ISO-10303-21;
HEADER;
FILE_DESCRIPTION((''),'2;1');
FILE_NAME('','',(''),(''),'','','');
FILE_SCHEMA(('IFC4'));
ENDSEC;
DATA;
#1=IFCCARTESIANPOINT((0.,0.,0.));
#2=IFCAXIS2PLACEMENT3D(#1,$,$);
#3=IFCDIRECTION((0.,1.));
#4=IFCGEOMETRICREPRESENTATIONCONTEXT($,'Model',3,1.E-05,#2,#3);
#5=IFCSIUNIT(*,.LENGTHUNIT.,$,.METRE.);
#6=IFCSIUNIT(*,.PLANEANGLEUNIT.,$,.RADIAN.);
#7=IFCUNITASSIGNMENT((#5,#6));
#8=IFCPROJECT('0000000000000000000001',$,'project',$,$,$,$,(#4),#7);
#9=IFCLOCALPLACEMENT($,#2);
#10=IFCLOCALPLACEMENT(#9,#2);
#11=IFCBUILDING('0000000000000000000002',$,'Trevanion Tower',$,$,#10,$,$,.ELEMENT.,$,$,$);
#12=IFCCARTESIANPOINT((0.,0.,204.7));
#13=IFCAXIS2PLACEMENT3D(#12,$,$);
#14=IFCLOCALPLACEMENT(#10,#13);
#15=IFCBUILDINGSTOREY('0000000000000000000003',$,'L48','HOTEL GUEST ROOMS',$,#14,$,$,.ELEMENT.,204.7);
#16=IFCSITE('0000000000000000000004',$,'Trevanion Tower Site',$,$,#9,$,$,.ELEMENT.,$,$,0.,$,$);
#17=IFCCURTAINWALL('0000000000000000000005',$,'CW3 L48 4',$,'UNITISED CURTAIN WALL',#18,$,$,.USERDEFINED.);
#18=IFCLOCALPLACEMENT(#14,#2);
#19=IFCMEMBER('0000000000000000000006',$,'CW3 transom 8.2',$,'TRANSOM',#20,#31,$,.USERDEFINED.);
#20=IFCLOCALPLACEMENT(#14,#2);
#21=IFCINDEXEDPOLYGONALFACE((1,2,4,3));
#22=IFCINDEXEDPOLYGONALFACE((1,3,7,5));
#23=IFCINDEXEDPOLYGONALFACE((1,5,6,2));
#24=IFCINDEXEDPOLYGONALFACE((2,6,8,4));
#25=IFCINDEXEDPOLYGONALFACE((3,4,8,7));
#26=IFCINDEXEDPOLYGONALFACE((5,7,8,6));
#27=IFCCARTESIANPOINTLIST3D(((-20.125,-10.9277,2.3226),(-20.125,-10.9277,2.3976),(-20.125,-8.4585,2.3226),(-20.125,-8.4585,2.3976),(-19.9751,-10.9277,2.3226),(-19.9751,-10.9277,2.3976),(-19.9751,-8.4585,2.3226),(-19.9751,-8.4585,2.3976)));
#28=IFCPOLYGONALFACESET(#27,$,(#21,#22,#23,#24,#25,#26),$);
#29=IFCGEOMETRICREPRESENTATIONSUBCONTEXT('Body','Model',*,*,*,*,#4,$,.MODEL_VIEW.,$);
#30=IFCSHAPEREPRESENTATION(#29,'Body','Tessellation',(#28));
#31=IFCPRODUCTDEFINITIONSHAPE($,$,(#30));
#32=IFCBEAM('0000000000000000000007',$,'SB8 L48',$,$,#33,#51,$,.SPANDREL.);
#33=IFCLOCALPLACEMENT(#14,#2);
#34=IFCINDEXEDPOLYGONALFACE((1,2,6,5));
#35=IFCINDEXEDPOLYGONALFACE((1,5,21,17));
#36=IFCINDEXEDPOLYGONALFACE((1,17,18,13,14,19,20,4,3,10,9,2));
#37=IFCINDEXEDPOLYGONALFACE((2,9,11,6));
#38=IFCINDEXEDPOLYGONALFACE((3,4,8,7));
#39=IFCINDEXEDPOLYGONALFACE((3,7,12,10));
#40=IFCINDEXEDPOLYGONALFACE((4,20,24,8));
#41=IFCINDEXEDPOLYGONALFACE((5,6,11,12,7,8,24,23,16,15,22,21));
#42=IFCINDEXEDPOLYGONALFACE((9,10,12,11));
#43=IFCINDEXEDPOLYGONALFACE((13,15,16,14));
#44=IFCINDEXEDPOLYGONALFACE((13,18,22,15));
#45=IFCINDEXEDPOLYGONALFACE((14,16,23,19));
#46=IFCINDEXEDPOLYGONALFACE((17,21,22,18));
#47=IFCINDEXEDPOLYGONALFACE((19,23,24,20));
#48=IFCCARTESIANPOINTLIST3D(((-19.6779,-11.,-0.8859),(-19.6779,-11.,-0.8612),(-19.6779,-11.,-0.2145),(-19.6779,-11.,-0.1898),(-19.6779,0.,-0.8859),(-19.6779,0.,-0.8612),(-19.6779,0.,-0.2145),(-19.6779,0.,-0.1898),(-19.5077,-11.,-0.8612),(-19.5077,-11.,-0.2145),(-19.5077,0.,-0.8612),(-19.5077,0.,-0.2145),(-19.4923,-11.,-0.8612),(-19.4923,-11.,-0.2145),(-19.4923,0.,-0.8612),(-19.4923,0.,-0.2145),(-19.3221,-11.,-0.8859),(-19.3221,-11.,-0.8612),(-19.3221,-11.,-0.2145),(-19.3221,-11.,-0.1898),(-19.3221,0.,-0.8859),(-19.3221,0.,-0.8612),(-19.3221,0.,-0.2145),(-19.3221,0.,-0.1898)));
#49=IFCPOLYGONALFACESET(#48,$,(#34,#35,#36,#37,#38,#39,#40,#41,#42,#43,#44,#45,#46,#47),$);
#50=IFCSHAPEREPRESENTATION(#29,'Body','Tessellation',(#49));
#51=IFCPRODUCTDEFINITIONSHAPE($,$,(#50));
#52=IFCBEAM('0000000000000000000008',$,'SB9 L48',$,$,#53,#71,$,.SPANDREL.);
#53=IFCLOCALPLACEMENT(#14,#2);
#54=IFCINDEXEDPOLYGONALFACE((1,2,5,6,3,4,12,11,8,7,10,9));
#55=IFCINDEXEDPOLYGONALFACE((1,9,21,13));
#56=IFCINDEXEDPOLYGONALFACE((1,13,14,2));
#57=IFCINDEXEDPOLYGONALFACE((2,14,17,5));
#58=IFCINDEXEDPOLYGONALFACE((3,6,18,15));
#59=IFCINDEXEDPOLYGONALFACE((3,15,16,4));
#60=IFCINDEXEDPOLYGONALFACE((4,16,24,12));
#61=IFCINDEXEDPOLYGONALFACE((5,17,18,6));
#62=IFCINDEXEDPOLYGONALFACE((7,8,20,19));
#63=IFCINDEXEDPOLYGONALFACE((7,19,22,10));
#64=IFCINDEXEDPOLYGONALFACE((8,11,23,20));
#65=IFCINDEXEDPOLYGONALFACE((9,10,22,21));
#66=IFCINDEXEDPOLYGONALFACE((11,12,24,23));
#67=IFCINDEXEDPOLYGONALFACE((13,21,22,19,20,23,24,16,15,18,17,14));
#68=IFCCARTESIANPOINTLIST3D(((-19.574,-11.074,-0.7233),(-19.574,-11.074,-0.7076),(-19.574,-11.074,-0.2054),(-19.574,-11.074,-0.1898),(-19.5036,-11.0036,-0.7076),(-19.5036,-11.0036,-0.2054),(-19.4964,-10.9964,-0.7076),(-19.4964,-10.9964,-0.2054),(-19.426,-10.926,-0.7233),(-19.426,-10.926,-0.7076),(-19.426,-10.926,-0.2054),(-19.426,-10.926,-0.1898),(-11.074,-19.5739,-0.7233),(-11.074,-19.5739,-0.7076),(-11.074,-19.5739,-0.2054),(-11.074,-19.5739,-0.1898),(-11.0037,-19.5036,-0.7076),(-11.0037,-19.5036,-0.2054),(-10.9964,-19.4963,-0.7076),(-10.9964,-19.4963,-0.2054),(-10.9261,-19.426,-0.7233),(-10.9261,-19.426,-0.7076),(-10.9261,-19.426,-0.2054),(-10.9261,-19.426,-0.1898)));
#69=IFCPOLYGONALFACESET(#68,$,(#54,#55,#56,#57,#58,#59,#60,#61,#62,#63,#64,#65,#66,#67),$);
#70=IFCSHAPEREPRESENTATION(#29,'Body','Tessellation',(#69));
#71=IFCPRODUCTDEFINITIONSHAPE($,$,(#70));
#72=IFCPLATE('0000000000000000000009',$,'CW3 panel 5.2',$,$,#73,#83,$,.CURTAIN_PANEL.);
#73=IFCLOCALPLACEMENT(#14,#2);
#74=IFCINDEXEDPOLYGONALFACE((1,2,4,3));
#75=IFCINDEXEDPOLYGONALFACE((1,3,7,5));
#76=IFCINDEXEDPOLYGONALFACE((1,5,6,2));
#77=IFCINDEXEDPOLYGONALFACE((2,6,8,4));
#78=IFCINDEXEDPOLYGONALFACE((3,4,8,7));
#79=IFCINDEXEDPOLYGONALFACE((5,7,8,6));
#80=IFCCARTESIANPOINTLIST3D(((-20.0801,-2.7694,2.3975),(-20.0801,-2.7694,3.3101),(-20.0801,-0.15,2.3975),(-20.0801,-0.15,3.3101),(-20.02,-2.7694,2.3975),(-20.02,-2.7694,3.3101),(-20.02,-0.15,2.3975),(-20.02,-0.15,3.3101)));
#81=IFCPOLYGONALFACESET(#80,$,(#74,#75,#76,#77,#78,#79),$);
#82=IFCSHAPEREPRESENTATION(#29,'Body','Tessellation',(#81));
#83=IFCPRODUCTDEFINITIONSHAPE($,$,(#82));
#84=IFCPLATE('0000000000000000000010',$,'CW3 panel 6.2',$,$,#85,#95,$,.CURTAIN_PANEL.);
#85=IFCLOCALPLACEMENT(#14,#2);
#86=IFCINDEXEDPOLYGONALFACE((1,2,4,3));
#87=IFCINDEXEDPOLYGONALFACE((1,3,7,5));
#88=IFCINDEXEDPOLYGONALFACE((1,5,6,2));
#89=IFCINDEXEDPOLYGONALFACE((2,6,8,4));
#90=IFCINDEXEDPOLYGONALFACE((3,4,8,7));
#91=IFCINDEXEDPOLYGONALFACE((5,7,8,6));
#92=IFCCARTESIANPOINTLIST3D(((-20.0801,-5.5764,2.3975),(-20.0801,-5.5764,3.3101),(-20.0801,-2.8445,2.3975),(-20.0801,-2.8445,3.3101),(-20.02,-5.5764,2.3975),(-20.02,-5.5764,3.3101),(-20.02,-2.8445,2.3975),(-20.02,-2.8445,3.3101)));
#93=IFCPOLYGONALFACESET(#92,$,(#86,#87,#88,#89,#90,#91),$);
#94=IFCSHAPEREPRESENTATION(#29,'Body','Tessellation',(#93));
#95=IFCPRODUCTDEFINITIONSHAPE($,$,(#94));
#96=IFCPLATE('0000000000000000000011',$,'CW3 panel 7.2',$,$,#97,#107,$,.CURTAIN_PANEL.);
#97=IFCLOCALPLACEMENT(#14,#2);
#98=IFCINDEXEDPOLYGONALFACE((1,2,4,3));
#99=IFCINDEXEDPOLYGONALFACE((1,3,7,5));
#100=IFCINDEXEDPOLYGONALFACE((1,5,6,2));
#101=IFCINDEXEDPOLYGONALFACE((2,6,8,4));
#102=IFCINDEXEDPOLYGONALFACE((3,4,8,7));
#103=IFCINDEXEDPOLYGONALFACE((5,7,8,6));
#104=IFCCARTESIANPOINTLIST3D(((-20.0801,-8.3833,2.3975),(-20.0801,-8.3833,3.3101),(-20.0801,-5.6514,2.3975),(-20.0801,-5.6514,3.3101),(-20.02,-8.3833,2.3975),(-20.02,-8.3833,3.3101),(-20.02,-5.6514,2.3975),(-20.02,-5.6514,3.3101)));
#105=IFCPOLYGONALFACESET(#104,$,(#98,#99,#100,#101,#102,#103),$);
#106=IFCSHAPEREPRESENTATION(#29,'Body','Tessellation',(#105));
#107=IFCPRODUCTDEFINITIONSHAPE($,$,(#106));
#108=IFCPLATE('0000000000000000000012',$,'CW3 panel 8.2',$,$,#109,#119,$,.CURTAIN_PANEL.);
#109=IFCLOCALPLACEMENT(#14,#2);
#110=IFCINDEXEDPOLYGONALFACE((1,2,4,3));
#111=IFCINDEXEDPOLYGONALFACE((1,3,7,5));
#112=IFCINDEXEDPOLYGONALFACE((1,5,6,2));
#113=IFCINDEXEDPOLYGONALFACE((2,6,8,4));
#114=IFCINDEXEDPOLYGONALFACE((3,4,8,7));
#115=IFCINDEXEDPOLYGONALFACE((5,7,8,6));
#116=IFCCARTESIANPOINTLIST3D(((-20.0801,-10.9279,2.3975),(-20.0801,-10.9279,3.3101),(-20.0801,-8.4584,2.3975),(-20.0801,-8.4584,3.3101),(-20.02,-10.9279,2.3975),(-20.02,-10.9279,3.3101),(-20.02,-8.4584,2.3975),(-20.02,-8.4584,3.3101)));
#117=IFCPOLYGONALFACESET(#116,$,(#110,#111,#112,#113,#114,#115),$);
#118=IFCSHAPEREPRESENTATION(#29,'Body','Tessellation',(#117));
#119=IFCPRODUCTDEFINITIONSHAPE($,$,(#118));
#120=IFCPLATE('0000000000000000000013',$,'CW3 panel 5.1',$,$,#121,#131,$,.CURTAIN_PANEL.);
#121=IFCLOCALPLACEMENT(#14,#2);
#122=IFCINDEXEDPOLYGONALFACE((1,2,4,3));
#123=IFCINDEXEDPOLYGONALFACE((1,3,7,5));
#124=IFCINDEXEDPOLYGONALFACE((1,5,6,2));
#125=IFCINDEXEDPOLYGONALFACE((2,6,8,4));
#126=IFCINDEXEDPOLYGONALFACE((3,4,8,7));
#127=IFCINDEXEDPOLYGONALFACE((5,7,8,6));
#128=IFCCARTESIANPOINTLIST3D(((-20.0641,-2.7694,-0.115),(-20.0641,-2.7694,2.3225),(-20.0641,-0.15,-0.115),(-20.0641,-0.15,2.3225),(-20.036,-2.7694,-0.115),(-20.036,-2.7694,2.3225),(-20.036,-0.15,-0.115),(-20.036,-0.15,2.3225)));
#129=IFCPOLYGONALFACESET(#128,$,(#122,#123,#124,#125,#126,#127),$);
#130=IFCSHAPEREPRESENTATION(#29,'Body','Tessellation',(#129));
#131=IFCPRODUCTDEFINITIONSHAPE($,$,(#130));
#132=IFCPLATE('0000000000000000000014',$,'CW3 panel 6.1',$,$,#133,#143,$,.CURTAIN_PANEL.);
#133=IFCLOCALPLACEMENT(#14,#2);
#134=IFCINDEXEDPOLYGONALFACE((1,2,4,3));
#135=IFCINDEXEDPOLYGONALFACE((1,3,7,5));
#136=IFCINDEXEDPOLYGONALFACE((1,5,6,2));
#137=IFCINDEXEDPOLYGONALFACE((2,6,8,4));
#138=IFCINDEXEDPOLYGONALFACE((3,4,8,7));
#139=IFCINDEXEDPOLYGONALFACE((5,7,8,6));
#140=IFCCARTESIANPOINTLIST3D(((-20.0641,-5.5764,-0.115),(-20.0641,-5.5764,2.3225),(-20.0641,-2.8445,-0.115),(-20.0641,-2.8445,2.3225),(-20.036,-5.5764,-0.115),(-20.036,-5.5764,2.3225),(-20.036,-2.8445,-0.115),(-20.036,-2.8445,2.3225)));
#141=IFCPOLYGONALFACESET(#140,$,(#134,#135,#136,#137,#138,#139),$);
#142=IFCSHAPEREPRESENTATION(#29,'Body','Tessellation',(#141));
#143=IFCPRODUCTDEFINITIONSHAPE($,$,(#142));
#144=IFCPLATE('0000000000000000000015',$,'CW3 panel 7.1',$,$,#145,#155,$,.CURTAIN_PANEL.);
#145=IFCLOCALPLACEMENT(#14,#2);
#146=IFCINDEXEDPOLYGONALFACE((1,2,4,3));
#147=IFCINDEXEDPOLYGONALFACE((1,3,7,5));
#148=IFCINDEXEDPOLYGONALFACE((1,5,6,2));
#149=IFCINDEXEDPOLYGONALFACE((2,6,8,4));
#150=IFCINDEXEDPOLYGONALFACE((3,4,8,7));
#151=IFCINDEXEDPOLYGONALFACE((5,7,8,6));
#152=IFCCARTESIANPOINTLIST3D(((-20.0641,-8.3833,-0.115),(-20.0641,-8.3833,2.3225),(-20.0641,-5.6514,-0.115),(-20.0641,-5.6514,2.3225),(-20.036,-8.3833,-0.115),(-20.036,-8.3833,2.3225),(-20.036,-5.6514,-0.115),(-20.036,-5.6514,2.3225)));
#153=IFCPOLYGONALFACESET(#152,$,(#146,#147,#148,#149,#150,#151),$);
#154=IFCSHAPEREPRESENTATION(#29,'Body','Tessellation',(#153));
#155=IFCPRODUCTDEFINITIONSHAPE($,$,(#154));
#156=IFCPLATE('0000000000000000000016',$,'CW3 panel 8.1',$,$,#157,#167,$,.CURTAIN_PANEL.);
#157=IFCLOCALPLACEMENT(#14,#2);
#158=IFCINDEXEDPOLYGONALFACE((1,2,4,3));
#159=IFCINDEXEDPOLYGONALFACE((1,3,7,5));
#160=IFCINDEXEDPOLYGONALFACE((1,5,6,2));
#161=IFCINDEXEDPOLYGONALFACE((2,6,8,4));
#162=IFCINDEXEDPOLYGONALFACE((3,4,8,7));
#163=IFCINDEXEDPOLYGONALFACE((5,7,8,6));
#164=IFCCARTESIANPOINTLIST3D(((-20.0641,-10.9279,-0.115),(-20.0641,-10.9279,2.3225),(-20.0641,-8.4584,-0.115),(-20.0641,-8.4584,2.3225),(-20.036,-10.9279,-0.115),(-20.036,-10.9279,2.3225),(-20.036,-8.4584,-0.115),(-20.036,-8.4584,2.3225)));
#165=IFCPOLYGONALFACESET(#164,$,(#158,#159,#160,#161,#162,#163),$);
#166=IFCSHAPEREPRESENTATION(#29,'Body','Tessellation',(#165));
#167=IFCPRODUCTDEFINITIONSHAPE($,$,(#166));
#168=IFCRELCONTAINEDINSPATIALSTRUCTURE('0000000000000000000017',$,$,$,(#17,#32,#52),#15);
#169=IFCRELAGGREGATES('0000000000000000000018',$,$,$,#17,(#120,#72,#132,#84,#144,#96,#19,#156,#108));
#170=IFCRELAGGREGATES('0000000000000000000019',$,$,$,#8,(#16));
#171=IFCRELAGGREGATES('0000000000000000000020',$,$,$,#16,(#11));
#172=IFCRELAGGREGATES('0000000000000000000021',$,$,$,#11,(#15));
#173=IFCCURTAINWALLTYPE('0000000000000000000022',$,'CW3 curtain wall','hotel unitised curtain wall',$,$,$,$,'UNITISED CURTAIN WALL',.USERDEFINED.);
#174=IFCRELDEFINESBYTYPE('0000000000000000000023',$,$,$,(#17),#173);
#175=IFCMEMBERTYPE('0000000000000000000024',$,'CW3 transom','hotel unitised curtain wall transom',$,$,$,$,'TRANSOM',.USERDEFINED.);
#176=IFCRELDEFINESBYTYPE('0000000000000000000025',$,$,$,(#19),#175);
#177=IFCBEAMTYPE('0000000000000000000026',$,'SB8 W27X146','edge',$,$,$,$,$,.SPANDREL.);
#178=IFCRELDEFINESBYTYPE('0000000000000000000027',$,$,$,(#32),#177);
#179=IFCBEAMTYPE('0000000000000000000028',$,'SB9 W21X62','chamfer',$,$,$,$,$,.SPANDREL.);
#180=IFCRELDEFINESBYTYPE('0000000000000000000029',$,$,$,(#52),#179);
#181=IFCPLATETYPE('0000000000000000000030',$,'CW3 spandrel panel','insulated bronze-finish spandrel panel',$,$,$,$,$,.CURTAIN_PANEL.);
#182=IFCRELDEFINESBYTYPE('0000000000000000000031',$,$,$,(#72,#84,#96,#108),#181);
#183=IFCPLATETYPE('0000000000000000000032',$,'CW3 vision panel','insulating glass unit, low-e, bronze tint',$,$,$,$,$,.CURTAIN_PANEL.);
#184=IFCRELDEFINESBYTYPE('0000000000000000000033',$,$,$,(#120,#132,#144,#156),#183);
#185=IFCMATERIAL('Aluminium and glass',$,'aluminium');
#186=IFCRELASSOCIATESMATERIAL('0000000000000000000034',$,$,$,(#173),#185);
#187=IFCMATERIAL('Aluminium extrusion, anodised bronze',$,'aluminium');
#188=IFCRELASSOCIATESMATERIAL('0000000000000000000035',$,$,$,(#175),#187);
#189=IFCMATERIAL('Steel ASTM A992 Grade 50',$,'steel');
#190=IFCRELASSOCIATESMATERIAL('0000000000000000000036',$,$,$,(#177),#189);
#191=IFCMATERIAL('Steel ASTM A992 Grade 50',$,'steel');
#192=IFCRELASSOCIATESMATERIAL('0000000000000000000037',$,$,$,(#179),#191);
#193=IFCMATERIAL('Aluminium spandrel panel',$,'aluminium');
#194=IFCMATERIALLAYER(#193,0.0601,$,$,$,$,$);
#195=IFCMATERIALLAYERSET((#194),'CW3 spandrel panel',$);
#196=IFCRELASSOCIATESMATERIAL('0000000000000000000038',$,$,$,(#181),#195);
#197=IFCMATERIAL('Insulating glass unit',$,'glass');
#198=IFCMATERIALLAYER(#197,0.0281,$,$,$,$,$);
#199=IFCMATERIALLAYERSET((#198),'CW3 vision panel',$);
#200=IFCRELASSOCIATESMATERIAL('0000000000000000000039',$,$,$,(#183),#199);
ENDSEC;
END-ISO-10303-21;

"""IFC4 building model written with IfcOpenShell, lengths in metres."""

from ifc_helpers import new_model, si_unit, direction, frame, origin, origin_2d, place, context, subcontext, project, spatial, rectangle, i_section, extrude, material, layer, layer_set, material_profile, profile_set, type_object, element, aggregate, save


model = new_model("IFC4")

# Units and contexts
model_context = context("Model", 3, precision=1e-05, world=origin(), true_north=direction((0.0, 1.0)))
body_context = subcontext(model_context, "Body", "Model", "MODEL_VIEW")
ifc_project = project(units=[si_unit("LENGTHUNIT", "METRE"), si_unit("PLANEANGLEUNIT", "RADIAN")], contexts=[model_context])

# Site, building, storey
site_placement = place(None, origin())
site = spatial("IfcSite", under=ifc_project, at=site_placement, Name="Trevanion Tower Site", CompositionType="ELEMENT", RefElevation=0.0)
building_placement = place(site_placement, origin())
building = spatial("IfcBuilding", under=site, at=building_placement, Name="Trevanion Tower", CompositionType="ELEMENT")
storey_placement = place(building_placement, frame((0.0, 0.0, 204.7)))
storey = spatial("IfcBuildingStorey", under=building, at=storey_placement, Name="L48", Description="HOTEL GUEST ROOMS", CompositionType="ELEMENT", Elevation=204.7)

# Curtain wall, member
ifc_material_1 = material(Name="Aluminium and glass", Category="aluminium")
curtain_wall_type = type_object("IfcCurtainWallType", Name="CW3 curtain wall", Description="hotel unitised curtain wall", ElementType="UNITISED CURTAIN WALL", PredefinedType="USERDEFINED", material=ifc_material_1)
curtain_wall_placement = place(storey_placement, origin())
curtain_wall = element("IfcCurtainWall", 1, at=curtain_wall_placement, inside=storey, type_object=curtain_wall_type, Name="CW3 L48 4", ObjectType="UNITISED CURTAIN WALL", PredefinedType="USERDEFINED")
ifc_material_2 = material(Name="Aluminium extrusion, anodised bronze", Category="aluminium")
ifc_material_profile_1 = material_profile(ifc_material_2, rectangle(XDim=0.1499, YDim=0.075, at=origin_2d()), Name="CW3 transom")
ifc_profile_set_1 = profile_set([ifc_material_profile_1], Name="Aluminium extrusion, anodised bronze")
member_type_1 = type_object("IfcMemberType", Name="CW3 transom", Description="hotel unitised curtain wall transom", ElementType="TRANSOM", PredefinedType="USERDEFINED", material=ifc_profile_set_1)
member_1_placement = place(storey_placement, frame((-20.05, -8.4585, 2.3601), z_axis=(0.0, -1.0, 0.0), x_axis=(1.0, 0.0, 0.0)))
member_1 = element("IfcMember", 2, at=member_1_placement, type_object=member_type_1, Name="CW3 transom 8.2", ObjectType="TRANSOM", PredefinedType="USERDEFINED", context=body_context, shape_type="SweptSolid", body=[
    extrude(rectangle(XDim=0.1499, YDim=0.075, at=origin_2d()), origin(), (0.0, 0.0, 1.0), 2.4692),
])

# Beams
ifc_material_3 = material(Name="Steel ASTM A992 Grade 50", Category="steel")
ifc_material_profile_2 = material_profile(ifc_material_3, i_section(OverallWidth=0.3557, OverallDepth=0.696, WebThickness=0.0154, FlangeThickness=0.0247, at=origin_2d()), Name="W27X146")
ifc_profile_set_2 = profile_set([ifc_material_profile_2], Name="Steel ASTM A992 Grade 50")
beam_type_1 = type_object("IfcBeamType", Name="SB8 W27X146", Description="edge", PredefinedType="SPANDREL", material=ifc_profile_set_2)
beam_1_placement = place(storey_placement, frame((-19.5, 0.0, -0.5378), z_axis=(0.0, -1.0, 0.0), x_axis=(1.0, 0.0, 0.0)))
element("IfcBeam", 3, at=beam_1_placement, inside=storey, type_object=beam_type_1, Name="SB8 L48", PredefinedType="SPANDREL", context=body_context, shape_type="SweptSolid", body=[
    extrude(i_section(OverallWidth=0.3557, OverallDepth=0.696, WebThickness=0.0154, FlangeThickness=0.0247, at=origin_2d()), origin(), (0.0, 0.0, 1.0), 11.0),
])
ifc_material_4 = material(Name="Steel ASTM A992 Grade 50", Category="steel")
ifc_material_profile_3 = material_profile(ifc_material_4, i_section(OverallWidth=0.2092, OverallDepth=0.5334, WebThickness=0.0103, FlangeThickness=0.0156, at=origin_2d()), Name="W21X62")
ifc_profile_set_3 = profile_set([ifc_material_profile_3], Name="Steel ASTM A992 Grade 50")
beam_type_2 = type_object("IfcBeamType", Name="SB9 W21X62", Description="chamfer", PredefinedType="SPANDREL", material=ifc_profile_set_3)
beam_2_placement = place(storey_placement, frame((-19.5, -11.0, -0.4565), z_axis=(0.707107, -0.707107, 0.0), x_axis=(0.707107, 0.707107, 0.0)))
element("IfcBeam", 4, at=beam_2_placement, inside=storey, type_object=beam_type_2, Name="SB9 L48", PredefinedType="SPANDREL", context=body_context, shape_type="SweptSolid", body=[
    extrude(i_section(OverallWidth=0.2092, OverallDepth=0.5334, WebThickness=0.0103, FlangeThickness=0.0156, at=origin_2d()), origin(), (0.0, 0.0, 1.0), 12.0208),
])

# Plates
ifc_material_5 = material(Name="Aluminium spandrel panel", Category="aluminium")
ifc_layer_1 = layer(ifc_material_5, 0.0601)
ifc_layer_set_1 = layer_set([ifc_layer_1], Name="CW3 spandrel panel")
plate_type_1 = type_object("IfcPlateType", Name="CW3 spandrel panel", Description="insulated bronze-finish spandrel panel", PredefinedType="CURTAIN_PANEL", material=ifc_layer_set_1)
plate_1_placement = place(storey_placement, frame((-20.05, -1.4597, 2.3975), z_axis=(0.0, 0.0, 1.0), x_axis=(0.0, -1.0, 0.0)))
plate_1 = element("IfcPlate", 5, at=plate_1_placement, type_object=plate_type_1, Name="CW3 panel 5.2", PredefinedType="CURTAIN_PANEL", context=body_context, shape_type="SweptSolid", body=[
    extrude(rectangle(XDim=2.6194, YDim=0.0601, at=origin_2d()), origin(), (0.0, 0.0, 1.0), 0.9126),
])
plate_2_placement = place(storey_placement, frame((-20.05, -4.2104, 2.3975), z_axis=(0.0, 0.0, 1.0), x_axis=(0.0, -1.0, 0.0)))
plate_2 = element("IfcPlate", 6, at=plate_2_placement, type_object=plate_type_1, Name="CW3 panel 6.2", PredefinedType="CURTAIN_PANEL", context=body_context, shape_type="SweptSolid", body=[
    extrude(rectangle(XDim=2.7319, YDim=0.0601, at=origin_2d()), origin(), (0.0, 0.0, 1.0), 0.9126),
])
plate_3_placement = place(storey_placement, frame((-20.05, -7.0173, 2.3975), z_axis=(0.0, 0.0, 1.0), x_axis=(0.0, -1.0, 0.0)))
plate_3 = element("IfcPlate", 7, at=plate_3_placement, type_object=plate_type_1, Name="CW3 panel 7.2", PredefinedType="CURTAIN_PANEL", context=body_context, shape_type="SweptSolid", body=[
    extrude(rectangle(XDim=2.7319, YDim=0.0601, at=origin_2d()), origin(), (0.0, 0.0, 1.0), 0.9126),
])
plate_4_placement = place(storey_placement, frame((-20.05, -9.6931, 2.3975), z_axis=(0.0, 0.0, 1.0), x_axis=(0.0, -1.0, 0.0)))
plate_4 = element("IfcPlate", 8, at=plate_4_placement, type_object=plate_type_1, Name="CW3 panel 8.2", PredefinedType="CURTAIN_PANEL", context=body_context, shape_type="SweptSolid", body=[
    extrude(rectangle(XDim=2.4695, YDim=0.0601, at=origin_2d()), origin(), (0.0, 0.0, 1.0), 0.9126),
])
ifc_material_6 = material(Name="Insulating glass unit", Category="glass")
ifc_layer_2 = layer(ifc_material_6, 0.0281)
ifc_layer_set_2 = layer_set([ifc_layer_2], Name="CW3 vision panel")
plate_type_2 = type_object("IfcPlateType", Name="CW3 vision panel", Description="insulating glass unit, low-e, bronze tint", PredefinedType="CURTAIN_PANEL", material=ifc_layer_set_2)
plate_5_placement = place(storey_placement, frame((-20.05, -1.4597, -0.115), z_axis=(0.0, 0.0, 1.0), x_axis=(0.0, -1.0, 0.0)))
plate_5 = element("IfcPlate", 9, at=plate_5_placement, type_object=plate_type_2, Name="CW3 panel 5.1", PredefinedType="CURTAIN_PANEL", context=body_context, shape_type="SweptSolid", body=[
    extrude(rectangle(XDim=2.6194, YDim=0.0281, at=origin_2d()), origin(), (0.0, 0.0, 1.0), 2.4375),
])
plate_6_placement = place(storey_placement, frame((-20.05, -4.2104, -0.115), z_axis=(0.0, 0.0, 1.0), x_axis=(0.0, -1.0, 0.0)))
plate_6 = element("IfcPlate", 10, at=plate_6_placement, type_object=plate_type_2, Name="CW3 panel 6.1", PredefinedType="CURTAIN_PANEL", context=body_context, shape_type="SweptSolid", body=[
    extrude(rectangle(XDim=2.7319, YDim=0.0281, at=origin_2d()), origin(), (0.0, 0.0, 1.0), 2.4375),
])
plate_7_placement = place(storey_placement, frame((-20.05, -7.0173, -0.115), z_axis=(0.0, 0.0, 1.0), x_axis=(0.0, -1.0, 0.0)))
plate_7 = element("IfcPlate", 11, at=plate_7_placement, type_object=plate_type_2, Name="CW3 panel 7.1", PredefinedType="CURTAIN_PANEL", context=body_context, shape_type="SweptSolid", body=[
    extrude(rectangle(XDim=2.7319, YDim=0.0281, at=origin_2d()), origin(), (0.0, 0.0, 1.0), 2.4375),
])
plate_8_placement = place(storey_placement, frame((-20.05, -9.6931, -0.115), z_axis=(0.0, 0.0, 1.0), x_axis=(0.0, -1.0, 0.0)))
plate_8 = element("IfcPlate", 12, at=plate_8_placement, type_object=plate_type_2, Name="CW3 panel 8.1", PredefinedType="CURTAIN_PANEL", context=body_context, shape_type="SweptSolid", body=[
    extrude(rectangle(XDim=2.4695, YDim=0.0281, at=origin_2d()), origin(), (0.0, 0.0, 1.0), 2.4375),
])
aggregate(curtain_wall, [plate_5, plate_1, plate_6, plate_2, plate_7, plate_3, member_1, plate_8, plate_4])

save(model, "model.ifc")
